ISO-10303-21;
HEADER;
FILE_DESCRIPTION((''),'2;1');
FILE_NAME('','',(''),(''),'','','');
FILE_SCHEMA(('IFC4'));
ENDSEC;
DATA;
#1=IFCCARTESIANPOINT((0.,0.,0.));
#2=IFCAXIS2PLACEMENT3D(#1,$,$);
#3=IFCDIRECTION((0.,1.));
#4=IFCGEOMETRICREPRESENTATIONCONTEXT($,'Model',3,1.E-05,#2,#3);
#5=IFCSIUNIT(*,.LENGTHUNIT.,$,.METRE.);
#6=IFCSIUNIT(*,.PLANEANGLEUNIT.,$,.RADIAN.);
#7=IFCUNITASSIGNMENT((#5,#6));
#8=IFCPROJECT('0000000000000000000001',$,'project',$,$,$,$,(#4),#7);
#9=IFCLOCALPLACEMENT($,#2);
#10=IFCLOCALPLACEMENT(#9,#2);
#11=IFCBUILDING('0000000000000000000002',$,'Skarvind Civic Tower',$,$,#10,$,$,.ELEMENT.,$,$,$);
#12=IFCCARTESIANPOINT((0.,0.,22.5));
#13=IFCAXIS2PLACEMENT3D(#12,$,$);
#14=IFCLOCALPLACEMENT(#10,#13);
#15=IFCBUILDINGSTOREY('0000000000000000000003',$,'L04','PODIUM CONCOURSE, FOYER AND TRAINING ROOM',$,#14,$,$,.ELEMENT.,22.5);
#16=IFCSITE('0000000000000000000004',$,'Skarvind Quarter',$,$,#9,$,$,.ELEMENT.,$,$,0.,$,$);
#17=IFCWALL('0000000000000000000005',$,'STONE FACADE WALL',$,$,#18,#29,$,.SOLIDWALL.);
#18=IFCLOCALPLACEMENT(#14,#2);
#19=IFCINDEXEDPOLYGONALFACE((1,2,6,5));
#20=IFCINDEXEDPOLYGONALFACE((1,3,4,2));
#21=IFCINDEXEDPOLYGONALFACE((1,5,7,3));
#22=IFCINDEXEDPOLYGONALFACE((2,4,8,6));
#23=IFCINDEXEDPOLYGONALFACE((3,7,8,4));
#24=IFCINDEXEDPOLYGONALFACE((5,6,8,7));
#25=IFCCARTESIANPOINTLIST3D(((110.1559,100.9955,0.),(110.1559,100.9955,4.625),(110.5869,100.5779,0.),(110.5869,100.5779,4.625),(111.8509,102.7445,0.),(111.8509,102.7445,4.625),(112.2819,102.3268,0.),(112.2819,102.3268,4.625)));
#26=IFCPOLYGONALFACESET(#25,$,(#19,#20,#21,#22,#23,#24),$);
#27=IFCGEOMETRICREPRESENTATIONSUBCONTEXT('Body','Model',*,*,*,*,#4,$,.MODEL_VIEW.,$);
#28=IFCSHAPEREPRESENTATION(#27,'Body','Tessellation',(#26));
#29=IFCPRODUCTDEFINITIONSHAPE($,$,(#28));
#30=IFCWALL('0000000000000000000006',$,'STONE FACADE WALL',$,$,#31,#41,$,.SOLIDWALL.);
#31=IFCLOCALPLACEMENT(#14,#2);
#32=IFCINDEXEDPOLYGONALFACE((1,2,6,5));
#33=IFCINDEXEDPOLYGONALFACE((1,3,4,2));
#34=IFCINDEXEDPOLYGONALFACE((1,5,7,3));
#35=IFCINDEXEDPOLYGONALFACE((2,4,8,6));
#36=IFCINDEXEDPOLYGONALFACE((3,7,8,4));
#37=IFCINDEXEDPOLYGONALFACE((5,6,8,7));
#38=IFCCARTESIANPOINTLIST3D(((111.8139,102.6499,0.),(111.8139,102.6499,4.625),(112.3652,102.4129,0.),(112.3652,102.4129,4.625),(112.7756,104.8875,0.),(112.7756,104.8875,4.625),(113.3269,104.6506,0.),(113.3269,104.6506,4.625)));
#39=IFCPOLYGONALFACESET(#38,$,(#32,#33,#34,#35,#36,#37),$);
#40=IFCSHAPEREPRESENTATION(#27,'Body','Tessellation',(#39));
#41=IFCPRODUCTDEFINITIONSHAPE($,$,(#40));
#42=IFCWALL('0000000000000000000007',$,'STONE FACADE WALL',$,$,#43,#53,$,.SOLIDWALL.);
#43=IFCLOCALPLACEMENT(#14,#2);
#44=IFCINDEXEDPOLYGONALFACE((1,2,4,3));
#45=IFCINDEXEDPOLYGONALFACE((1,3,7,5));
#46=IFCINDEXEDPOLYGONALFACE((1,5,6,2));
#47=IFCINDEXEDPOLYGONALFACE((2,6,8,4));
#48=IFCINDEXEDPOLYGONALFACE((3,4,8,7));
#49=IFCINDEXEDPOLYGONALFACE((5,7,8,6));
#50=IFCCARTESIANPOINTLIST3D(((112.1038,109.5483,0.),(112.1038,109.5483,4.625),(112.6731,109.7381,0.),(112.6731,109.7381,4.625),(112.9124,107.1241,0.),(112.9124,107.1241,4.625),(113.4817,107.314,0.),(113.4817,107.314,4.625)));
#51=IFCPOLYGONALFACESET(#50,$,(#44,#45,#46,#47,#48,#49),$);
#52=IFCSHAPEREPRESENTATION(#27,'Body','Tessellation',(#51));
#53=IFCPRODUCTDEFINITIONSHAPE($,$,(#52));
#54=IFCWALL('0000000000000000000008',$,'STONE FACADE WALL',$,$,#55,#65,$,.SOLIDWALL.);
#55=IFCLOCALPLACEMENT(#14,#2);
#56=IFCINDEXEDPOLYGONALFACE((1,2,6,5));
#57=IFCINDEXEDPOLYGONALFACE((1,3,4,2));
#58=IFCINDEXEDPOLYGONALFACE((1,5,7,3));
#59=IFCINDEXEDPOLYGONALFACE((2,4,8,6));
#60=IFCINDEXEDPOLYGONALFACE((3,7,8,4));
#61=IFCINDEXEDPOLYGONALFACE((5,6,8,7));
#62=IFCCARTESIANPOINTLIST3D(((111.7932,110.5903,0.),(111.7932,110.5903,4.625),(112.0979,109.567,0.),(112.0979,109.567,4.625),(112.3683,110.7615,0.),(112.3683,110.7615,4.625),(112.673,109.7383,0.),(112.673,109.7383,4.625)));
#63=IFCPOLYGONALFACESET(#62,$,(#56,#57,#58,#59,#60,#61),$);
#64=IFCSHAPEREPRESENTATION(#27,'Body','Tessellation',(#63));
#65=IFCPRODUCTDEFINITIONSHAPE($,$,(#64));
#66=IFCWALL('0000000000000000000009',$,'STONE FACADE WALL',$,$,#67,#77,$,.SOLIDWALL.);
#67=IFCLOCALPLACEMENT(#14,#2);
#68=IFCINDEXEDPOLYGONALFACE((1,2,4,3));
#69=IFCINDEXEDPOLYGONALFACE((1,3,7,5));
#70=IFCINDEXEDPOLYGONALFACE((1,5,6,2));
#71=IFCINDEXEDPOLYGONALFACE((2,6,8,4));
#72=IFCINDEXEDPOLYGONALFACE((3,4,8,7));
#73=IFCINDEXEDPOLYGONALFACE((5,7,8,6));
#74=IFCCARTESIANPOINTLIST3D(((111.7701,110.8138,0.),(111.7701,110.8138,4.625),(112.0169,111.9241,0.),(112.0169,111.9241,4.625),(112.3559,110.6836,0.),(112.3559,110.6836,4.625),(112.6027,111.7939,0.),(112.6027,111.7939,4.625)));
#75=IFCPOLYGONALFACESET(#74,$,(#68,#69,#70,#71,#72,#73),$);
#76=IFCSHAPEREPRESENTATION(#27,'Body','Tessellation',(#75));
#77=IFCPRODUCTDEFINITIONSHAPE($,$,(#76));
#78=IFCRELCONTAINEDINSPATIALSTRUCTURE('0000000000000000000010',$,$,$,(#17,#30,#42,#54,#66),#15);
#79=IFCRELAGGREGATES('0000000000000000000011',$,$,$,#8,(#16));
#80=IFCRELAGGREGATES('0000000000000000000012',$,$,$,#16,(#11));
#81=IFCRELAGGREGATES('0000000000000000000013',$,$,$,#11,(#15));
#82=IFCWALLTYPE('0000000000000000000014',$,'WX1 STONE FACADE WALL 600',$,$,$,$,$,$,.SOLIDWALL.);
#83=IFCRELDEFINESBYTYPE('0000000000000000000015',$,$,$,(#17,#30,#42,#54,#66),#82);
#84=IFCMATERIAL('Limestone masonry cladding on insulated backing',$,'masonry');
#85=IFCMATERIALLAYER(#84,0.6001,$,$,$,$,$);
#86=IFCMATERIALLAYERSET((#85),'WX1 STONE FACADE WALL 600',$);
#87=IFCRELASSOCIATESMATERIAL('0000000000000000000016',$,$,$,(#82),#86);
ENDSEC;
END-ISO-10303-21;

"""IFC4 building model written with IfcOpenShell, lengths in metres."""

from ifc_helpers import new_model, si_unit, direction, frame, frame_2d, origin, place, context, subcontext, project, spatial, rectangle, extrude, material, layer, layer_set, type_object, element, save


model = new_model("IFC4")

# Units and contexts
model_context = context("Model", 3, precision=1e-05, world=origin(), true_north=direction((0.0, 1.0)))
body_context = subcontext(model_context, "Body", "Model", "MODEL_VIEW")
ifc_project = project(units=[si_unit("LENGTHUNIT", "METRE"), si_unit("PLANEANGLEUNIT", "RADIAN")], contexts=[model_context])

# Site, building, storey
site_placement = place(None, origin())
site = spatial("IfcSite", under=ifc_project, at=site_placement, Name="Skarvind Quarter", CompositionType="ELEMENT", RefElevation=0.0)
building_placement = place(site_placement, origin())
building = spatial("IfcBuilding", under=site, at=building_placement, Name="Skarvind Civic Tower", CompositionType="ELEMENT")
storey_placement = place(building_placement, frame((0.0, 0.0, 22.5)))
storey = spatial("IfcBuildingStorey", under=building, at=storey_placement, Name="L04", Description="PODIUM CONCOURSE, FOYER AND TRAINING ROOM", CompositionType="ELEMENT", Elevation=22.5)

# Shared definitions
ifc_material_1 = material(Name="Limestone masonry cladding on insulated backing", Category="masonry")
ifc_layer_1 = layer(ifc_material_1, 0.6001)
ifc_layer_set_1 = layer_set([ifc_layer_1], Name="WX1 STONE FACADE WALL 600")
wall_type_1 = type_object("IfcWallType", Name="WX1 STONE FACADE WALL 600", PredefinedType="SOLIDWALL", material=ifc_layer_set_1)

# Walls
for number, where, z_axis, x_axis, name in (
    (1, (112.0664, 102.5356, 0.0), (0.0, 0.0, 1.0), (-0.695944, -0.718096, 0.0), "STONE FACADE WALL"),
    (2, (113.0513, 104.769, 0.0), (0.0, 0.0, 1.0), (-0.394863, -0.91874, 0.0), "STONE FACADE WALL"),
):
    element("IfcWall", number, at=place(storey_placement, frame(where, z_axis=z_axis, x_axis=x_axis)), inside=storey, type_object=wall_type_1, Name=name, PredefinedType="SOLIDWALL", context=body_context, shape_type="SweptSolid", body=[
        extrude(rectangle(XDim=2.4355, YDim=0.6001, at=frame_2d((1.2178, 0.0))), origin(), (0.0, 0.0, 1.0), 4.625),
    ])
wall_1_placement = place(storey_placement, frame((112.3884, 109.6433, 0.0), z_axis=(0.0, 0.0, 1.0), x_axis=(0.316428, -0.948616, 0.0)))
element("IfcWall", 3, at=wall_1_placement, inside=storey, type_object=wall_type_1, Name="STONE FACADE WALL", PredefinedType="SOLIDWALL", context=body_context, shape_type="SweptSolid", body=[
    extrude(rectangle(XDim=2.5554, YDim=0.6001, at=frame_2d((1.2778, 0.0))), origin(), (0.0, 0.0, 1.0), 4.625),
])
wall_2_placement = place(storey_placement, frame((112.0808, 110.6758, 0.0), z_axis=(0.0, 0.0, 1.0), x_axis=(0.285396, -0.95841, 0.0)))
element("IfcWall", 4, at=wall_2_placement, inside=storey, type_object=wall_type_1, Name="STONE FACADE WALL", PredefinedType="SOLIDWALL", context=body_context, shape_type="SweptSolid", body=[
    extrude(rectangle(XDim=1.0676, YDim=0.6001, at=frame_2d((0.5337, 0.0))), origin(), (0.0, 0.0, 1.0), 4.625),
])
wall_3_placement = place(storey_placement, frame((112.3098, 111.8591, 0.0), z_axis=(0.0, 0.0, 1.0), x_axis=(-0.216999, -0.976172, 0.0)))
element("IfcWall", 5, at=wall_3_placement, inside=storey, type_object=wall_type_1, Name="STONE FACADE WALL", PredefinedType="SOLIDWALL", context=body_context, shape_type="SweptSolid", body=[
    extrude(rectangle(XDim=1.1375, YDim=0.6001, at=frame_2d((0.5688, 0.0))), origin(), (0.0, 0.0, 1.0), 4.625),
])

save(model, "model.ifc")
